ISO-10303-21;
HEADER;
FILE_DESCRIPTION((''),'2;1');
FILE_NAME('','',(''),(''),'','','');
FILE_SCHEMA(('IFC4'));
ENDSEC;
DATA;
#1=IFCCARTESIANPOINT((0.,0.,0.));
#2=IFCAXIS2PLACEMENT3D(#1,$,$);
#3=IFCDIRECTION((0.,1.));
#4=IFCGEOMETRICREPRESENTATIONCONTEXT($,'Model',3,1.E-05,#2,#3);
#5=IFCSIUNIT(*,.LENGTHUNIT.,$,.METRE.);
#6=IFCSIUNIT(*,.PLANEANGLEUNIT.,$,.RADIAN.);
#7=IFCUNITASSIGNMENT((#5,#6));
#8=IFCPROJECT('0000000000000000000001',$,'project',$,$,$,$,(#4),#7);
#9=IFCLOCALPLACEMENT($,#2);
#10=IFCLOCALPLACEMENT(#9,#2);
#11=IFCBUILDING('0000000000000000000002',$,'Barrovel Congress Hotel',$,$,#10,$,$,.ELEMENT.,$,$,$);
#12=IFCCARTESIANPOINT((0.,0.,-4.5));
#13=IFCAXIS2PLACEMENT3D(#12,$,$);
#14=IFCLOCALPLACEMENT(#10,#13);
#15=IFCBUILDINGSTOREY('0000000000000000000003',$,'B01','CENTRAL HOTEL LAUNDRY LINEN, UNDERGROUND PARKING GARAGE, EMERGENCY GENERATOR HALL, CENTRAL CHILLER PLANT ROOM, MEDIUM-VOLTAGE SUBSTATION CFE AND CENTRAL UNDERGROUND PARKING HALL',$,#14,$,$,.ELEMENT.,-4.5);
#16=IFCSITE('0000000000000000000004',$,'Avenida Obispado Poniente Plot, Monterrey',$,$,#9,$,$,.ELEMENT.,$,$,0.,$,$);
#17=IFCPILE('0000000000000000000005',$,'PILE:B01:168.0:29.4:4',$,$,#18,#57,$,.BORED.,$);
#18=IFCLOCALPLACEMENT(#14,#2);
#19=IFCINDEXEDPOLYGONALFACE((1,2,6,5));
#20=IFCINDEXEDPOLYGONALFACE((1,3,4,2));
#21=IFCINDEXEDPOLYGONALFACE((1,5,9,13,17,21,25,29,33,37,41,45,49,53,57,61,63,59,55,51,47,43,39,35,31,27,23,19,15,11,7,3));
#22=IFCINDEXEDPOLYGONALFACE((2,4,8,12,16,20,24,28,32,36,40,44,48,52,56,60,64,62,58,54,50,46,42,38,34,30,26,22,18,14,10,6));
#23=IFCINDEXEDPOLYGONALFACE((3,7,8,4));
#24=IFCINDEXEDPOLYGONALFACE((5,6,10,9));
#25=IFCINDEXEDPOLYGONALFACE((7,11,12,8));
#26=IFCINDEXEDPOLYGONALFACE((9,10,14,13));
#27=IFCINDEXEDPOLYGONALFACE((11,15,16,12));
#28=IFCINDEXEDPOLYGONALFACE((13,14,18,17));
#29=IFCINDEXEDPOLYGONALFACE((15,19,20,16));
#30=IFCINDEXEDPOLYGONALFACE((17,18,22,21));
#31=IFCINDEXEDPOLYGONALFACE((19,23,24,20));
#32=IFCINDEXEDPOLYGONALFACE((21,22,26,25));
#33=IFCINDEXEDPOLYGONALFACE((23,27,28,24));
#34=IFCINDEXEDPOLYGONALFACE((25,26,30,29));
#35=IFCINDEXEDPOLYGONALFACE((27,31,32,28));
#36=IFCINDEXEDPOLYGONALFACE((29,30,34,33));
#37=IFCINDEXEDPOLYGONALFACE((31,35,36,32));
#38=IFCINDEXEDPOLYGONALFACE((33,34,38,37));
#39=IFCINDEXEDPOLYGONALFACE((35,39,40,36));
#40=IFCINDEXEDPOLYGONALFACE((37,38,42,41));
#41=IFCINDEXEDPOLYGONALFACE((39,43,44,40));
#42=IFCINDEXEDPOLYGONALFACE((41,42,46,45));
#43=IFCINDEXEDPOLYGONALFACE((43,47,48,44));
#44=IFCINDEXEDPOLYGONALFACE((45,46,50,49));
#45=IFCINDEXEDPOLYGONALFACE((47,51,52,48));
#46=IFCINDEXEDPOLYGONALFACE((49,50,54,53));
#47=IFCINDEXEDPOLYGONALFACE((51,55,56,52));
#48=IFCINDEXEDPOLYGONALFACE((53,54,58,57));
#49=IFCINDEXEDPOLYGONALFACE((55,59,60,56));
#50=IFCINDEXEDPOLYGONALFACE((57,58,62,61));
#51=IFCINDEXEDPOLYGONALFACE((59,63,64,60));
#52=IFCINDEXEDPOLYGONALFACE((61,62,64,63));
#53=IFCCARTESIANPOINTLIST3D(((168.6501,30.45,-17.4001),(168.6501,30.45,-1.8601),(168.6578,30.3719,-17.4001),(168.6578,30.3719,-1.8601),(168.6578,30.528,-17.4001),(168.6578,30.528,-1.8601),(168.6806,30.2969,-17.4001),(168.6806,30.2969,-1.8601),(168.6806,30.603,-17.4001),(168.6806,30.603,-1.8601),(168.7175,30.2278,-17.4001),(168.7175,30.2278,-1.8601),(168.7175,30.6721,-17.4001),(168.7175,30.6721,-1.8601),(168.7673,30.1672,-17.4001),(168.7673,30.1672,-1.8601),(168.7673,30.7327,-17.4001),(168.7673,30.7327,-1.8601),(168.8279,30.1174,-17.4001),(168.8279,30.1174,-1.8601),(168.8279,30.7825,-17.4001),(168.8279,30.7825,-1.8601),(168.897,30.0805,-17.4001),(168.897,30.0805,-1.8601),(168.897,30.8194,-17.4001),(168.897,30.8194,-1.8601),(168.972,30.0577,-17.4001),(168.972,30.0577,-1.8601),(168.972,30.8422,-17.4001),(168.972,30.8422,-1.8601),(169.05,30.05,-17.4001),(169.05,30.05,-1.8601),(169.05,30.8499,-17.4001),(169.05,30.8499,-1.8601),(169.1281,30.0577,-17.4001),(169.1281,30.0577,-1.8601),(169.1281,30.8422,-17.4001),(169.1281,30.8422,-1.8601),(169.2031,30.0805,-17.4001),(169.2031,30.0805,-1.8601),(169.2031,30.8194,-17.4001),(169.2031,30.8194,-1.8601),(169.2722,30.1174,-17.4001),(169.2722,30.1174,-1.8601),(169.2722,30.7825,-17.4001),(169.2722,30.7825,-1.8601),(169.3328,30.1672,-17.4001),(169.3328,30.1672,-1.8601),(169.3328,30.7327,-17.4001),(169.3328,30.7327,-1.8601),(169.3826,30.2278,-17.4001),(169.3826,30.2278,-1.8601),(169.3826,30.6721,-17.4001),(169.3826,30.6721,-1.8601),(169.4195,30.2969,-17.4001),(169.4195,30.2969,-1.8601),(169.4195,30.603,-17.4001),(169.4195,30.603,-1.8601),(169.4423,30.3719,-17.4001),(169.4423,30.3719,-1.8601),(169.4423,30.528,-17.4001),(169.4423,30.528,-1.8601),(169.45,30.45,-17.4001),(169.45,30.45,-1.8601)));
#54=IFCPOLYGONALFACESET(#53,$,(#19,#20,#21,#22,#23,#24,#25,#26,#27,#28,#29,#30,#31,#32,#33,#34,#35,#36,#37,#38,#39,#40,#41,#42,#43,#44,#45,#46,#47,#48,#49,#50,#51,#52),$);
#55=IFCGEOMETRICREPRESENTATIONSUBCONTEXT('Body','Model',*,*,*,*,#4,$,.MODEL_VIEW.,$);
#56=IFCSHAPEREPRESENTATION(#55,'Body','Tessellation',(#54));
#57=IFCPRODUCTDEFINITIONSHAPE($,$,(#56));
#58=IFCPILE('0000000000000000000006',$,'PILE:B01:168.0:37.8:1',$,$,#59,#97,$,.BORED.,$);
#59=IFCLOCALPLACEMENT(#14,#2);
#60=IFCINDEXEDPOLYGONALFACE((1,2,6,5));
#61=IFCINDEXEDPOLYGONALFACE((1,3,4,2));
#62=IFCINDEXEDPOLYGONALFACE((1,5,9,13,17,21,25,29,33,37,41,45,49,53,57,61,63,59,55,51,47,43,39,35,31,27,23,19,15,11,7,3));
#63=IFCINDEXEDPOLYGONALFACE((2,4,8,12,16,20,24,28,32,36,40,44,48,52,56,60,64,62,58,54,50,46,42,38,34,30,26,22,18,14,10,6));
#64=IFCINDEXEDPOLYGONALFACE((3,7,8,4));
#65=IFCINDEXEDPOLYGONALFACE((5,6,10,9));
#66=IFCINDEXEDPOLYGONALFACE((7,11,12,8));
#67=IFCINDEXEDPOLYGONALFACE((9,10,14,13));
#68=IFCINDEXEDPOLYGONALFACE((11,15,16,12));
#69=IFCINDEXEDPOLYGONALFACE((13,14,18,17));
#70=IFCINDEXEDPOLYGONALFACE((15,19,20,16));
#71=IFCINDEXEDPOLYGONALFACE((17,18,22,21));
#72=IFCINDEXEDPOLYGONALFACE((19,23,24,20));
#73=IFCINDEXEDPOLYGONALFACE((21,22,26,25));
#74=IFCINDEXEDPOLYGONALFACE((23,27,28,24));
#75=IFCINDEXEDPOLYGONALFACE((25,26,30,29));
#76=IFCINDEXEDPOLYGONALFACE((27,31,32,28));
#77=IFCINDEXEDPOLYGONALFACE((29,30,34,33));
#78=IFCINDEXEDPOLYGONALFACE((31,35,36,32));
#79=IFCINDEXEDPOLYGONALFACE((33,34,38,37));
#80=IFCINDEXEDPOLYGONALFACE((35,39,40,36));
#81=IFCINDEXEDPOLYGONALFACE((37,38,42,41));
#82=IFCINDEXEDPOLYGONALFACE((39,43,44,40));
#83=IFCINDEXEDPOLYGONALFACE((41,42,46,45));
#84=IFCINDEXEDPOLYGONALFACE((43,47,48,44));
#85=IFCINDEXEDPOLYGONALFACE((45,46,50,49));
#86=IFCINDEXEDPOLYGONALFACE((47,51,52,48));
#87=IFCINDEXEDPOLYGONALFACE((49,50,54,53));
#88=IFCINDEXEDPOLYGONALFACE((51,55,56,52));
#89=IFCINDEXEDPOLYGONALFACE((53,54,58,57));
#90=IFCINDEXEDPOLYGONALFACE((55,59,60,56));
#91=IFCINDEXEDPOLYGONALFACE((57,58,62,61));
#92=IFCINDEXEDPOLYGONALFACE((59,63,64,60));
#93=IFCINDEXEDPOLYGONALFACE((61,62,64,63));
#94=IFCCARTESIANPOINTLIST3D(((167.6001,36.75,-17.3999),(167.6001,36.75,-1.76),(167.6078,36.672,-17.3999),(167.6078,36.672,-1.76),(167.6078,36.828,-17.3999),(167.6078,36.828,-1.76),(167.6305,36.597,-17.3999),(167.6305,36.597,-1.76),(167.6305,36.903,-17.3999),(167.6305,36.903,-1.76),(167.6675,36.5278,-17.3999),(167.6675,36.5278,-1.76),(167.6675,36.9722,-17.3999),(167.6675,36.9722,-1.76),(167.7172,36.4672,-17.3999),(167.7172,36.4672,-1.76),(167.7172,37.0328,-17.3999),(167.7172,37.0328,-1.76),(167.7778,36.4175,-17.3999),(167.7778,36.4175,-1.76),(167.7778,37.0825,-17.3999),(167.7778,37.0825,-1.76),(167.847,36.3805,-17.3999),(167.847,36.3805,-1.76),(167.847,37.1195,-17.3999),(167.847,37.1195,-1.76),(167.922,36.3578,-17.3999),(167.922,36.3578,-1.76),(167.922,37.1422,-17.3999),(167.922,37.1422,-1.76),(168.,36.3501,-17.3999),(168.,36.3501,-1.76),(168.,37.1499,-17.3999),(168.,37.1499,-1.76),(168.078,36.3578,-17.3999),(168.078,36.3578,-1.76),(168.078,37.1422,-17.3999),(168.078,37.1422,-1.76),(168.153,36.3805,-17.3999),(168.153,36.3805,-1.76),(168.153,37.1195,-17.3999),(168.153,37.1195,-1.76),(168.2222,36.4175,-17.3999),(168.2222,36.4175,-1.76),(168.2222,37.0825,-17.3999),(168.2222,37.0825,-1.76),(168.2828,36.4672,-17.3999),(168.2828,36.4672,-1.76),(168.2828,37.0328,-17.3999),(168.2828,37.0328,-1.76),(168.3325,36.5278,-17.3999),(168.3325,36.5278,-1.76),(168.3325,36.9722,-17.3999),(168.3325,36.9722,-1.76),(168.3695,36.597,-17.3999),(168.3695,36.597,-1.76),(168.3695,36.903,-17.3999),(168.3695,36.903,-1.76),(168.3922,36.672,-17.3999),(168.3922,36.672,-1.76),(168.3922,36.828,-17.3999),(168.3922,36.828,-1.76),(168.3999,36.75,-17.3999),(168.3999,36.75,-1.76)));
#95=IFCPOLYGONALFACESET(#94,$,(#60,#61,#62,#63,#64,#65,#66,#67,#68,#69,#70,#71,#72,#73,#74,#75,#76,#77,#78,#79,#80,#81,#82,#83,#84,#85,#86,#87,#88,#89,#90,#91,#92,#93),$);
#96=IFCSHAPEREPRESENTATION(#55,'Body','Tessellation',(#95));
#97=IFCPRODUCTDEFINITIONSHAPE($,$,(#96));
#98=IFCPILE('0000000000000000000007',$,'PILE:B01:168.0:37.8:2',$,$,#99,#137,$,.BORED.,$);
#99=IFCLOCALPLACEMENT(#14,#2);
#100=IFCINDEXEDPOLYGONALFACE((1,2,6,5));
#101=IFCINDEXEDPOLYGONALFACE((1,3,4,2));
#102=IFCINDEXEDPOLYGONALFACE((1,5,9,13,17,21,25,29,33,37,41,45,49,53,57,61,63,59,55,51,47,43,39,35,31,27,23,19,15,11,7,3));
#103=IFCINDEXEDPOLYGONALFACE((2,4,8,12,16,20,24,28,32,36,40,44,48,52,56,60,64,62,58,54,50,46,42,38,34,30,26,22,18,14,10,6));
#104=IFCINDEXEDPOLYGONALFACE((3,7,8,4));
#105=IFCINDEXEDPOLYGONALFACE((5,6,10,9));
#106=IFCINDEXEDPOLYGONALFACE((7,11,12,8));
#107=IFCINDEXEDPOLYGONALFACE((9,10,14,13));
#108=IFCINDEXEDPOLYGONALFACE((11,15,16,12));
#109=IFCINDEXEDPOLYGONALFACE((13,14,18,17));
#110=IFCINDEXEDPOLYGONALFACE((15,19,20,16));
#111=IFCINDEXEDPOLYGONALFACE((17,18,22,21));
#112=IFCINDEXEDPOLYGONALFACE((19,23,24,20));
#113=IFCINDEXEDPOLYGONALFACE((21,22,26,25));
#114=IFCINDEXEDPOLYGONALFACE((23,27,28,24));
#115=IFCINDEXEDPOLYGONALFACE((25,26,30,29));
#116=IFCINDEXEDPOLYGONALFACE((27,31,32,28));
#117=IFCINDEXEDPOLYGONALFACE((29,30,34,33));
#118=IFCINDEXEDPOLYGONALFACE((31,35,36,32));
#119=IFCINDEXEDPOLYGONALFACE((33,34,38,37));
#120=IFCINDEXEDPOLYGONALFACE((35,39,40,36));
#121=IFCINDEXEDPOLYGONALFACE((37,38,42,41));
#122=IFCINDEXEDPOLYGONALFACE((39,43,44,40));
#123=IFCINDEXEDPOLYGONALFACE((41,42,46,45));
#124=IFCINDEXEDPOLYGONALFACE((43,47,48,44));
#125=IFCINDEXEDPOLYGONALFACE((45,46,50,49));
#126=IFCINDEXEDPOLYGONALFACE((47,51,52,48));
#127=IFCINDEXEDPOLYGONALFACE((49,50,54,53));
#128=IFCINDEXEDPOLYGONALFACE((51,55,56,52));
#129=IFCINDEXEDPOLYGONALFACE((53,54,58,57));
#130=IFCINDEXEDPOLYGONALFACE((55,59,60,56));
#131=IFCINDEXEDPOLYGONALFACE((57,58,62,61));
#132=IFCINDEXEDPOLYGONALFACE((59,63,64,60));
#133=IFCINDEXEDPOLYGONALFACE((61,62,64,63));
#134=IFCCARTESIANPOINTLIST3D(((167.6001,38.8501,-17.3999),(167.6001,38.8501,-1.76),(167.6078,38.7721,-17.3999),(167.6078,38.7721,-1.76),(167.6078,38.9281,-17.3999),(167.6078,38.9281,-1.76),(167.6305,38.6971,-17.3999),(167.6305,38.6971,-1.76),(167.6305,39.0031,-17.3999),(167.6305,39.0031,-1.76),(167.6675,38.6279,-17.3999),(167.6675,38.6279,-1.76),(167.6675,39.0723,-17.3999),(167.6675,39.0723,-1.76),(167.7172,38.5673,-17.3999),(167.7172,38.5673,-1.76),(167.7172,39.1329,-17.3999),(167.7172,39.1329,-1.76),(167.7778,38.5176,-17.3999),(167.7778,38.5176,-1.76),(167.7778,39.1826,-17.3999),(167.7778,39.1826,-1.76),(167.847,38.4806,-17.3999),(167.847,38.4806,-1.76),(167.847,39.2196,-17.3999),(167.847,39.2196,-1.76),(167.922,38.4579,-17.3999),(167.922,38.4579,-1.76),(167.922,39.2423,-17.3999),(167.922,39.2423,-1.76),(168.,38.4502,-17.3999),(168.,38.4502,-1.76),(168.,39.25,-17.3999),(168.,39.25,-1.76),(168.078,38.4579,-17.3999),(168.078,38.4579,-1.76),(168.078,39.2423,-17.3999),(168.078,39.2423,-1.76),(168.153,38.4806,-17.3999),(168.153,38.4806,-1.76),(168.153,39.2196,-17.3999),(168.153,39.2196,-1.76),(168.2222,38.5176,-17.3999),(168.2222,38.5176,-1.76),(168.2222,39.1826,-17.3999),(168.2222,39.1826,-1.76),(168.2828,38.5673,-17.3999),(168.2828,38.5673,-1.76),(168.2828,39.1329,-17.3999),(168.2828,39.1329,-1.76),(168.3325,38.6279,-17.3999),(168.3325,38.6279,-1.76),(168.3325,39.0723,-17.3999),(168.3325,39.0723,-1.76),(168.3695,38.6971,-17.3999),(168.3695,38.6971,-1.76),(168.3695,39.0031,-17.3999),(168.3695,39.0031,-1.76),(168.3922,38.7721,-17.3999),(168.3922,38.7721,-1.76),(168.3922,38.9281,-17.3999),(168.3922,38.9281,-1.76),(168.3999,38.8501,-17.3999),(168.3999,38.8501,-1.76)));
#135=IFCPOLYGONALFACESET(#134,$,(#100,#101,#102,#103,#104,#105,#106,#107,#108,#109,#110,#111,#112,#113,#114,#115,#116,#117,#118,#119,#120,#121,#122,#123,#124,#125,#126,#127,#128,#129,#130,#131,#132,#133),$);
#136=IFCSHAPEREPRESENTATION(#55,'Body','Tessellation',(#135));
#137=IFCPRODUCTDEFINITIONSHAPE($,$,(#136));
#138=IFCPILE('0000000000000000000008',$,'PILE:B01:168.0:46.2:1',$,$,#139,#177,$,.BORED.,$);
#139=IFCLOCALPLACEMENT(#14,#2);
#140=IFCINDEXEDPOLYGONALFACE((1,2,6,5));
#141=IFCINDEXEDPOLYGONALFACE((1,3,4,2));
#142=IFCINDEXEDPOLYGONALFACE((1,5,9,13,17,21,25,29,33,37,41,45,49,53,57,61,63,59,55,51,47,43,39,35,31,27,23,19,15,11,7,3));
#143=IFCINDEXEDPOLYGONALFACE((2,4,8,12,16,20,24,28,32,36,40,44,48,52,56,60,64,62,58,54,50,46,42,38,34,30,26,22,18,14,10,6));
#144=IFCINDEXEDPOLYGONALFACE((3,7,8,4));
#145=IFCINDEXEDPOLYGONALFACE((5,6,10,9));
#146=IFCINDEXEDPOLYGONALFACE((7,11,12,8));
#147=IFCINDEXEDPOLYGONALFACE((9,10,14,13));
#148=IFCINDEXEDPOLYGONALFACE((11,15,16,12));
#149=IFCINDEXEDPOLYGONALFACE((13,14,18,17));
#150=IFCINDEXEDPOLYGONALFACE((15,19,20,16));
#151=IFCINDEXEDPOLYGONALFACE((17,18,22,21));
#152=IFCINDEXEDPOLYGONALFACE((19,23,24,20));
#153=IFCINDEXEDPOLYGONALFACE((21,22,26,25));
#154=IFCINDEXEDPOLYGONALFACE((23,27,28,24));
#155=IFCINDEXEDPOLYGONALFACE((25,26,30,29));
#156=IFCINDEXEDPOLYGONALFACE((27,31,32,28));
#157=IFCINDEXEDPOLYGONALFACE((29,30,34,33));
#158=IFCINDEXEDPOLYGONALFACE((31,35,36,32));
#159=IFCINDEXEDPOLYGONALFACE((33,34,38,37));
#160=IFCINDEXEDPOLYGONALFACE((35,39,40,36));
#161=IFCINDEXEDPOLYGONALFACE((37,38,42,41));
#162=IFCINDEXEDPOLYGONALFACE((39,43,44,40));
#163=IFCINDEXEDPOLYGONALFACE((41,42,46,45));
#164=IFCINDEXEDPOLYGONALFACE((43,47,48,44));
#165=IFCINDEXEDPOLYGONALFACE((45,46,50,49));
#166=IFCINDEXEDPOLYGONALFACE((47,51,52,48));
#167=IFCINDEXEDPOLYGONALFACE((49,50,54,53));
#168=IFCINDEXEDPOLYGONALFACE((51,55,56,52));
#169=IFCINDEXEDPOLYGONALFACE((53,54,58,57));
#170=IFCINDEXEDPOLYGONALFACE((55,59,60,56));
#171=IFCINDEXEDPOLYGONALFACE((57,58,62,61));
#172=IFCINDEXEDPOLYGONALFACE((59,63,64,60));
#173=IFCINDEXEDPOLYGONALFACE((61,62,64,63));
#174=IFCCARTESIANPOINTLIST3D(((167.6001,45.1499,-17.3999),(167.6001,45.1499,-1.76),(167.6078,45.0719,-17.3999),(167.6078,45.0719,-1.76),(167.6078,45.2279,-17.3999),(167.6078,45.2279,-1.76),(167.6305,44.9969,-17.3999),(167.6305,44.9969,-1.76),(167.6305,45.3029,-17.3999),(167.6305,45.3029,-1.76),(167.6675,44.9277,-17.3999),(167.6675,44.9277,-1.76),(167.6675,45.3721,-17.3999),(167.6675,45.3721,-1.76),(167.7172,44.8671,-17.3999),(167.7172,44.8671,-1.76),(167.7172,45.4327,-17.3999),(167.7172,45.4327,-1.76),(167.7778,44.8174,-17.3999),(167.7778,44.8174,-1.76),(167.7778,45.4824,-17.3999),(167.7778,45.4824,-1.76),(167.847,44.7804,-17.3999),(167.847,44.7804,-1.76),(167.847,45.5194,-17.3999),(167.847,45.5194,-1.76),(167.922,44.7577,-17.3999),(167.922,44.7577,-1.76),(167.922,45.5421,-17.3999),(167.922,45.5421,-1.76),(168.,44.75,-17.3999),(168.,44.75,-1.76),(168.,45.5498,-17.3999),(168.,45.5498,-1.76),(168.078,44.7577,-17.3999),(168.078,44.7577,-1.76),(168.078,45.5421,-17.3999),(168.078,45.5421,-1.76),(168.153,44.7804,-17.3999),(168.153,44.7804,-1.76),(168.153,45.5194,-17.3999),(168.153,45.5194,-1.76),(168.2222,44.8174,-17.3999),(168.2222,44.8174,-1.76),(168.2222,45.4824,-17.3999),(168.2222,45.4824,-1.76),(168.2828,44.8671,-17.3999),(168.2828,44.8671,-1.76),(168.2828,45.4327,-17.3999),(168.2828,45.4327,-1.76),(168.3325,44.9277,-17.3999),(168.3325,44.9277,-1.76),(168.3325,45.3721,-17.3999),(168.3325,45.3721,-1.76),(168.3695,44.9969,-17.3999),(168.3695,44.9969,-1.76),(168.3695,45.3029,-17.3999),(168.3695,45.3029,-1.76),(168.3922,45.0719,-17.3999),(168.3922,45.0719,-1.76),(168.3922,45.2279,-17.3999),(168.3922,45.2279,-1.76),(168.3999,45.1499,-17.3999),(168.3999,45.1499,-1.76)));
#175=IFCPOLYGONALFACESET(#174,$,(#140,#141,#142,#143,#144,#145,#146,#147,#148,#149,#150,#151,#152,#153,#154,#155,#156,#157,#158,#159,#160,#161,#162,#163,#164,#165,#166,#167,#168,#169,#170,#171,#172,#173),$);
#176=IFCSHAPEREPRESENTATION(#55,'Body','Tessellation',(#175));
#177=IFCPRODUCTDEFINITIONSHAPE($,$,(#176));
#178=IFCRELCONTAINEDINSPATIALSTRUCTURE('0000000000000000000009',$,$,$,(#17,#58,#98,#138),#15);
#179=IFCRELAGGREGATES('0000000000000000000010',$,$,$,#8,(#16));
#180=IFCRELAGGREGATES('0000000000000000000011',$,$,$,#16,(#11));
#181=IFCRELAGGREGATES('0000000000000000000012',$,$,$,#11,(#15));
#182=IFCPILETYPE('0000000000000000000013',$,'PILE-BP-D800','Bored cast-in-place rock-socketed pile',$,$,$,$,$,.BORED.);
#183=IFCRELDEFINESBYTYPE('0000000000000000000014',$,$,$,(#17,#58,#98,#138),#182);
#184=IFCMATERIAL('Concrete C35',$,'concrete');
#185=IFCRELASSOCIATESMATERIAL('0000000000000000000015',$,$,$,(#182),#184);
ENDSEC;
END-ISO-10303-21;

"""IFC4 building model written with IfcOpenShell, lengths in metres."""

from ifc_helpers import new_model, si_unit, direction, frame, origin, origin_2d, place, context, subcontext, project, spatial, circle, extrude, material, material_profile, profile_set, type_object, element, save


model = new_model("IFC4")

# Units and contexts
model_context = context("Model", 3, precision=1e-05, world=origin(), true_north=direction((0.0, 1.0)))
body_context = subcontext(model_context, "Body", "Model", "MODEL_VIEW")
ifc_project = project(units=[si_unit("LENGTHUNIT", "METRE"), si_unit("PLANEANGLEUNIT", "RADIAN")], contexts=[model_context])

# Site, building, storey
site_placement = place(None, origin())
site = spatial("IfcSite", under=ifc_project, at=site_placement, Name="Avenida Obispado Poniente Plot, Monterrey", CompositionType="ELEMENT", RefElevation=0.0)
building_placement = place(site_placement, origin())
building = spatial("IfcBuilding", under=site, at=building_placement, Name="Barrovel Congress Hotel", CompositionType="ELEMENT")
storey_placement = place(building_placement, frame((0.0, 0.0, -4.5)))
storey = spatial("IfcBuildingStorey", under=building, at=storey_placement, Name="B01", Description="CENTRAL HOTEL LAUNDRY LINEN, UNDERGROUND PARKING GARAGE, EMERGENCY GENERATOR HALL, CENTRAL CHILLER PLANT ROOM, MEDIUM-VOLTAGE SUBSTATION CFE AND CENTRAL UNDERGROUND PARKING HALL", CompositionType="ELEMENT", Elevation=-4.5)

# Piles
ifc_material_1 = material(Name="Concrete C35", Category="concrete")
ifc_material_profile_1 = material_profile(ifc_material_1, circle(Radius=0.3999, at=origin_2d()), Name="BP-D800")
ifc_profile_set_1 = profile_set([ifc_material_profile_1], Name="Concrete C35")
pile_type_1 = type_object("IfcPileType", Name="PILE-BP-D800", Description="Bored cast-in-place rock-socketed pile", PredefinedType="BORED", material=ifc_profile_set_1)
for number, where, z_axis, x_axis, name in (
    (1, (169.05, 30.45, -1.8601), (0.0, 0.0, -1.0), (1.0, 0.0, 0.0), "PILE:B01:168.0:29.4:4"),
):
    element("IfcPile", number, at=place(storey_placement, frame(where, z_axis=z_axis, x_axis=x_axis)), inside=storey, type_object=pile_type_1, Name=name, PredefinedType="BORED", context=body_context, shape_type="SweptSolid", body=[
        extrude(circle(Radius=0.3999, at=origin_2d()), origin(), (0.0, 0.0, 1.0), 15.54),
    ])
for number, where, z_axis, x_axis, name in (
    (2, (168.0, 36.75, -1.76), (0.0, 0.0, -1.0), (1.0, 0.0, 0.0), "PILE:B01:168.0:37.8:1"),
    (3, (168.0, 38.8501, -1.76), (0.0, 0.0, -1.0), (1.0, 0.0, 0.0), "PILE:B01:168.0:37.8:2"),
    (4, (168.0, 45.1499, -1.76), (0.0, 0.0, -1.0), (1.0, 0.0, 0.0), "PILE:B01:168.0:46.2:1"),
):
    element("IfcPile", number, at=place(storey_placement, frame(where, z_axis=z_axis, x_axis=x_axis)), inside=storey, type_object=pile_type_1, Name=name, PredefinedType="BORED", context=body_context, shape_type="SweptSolid", body=[
        extrude(circle(Radius=0.3999, at=origin_2d()), origin(), (0.0, 0.0, 1.0), 15.6399),
    ])

save(model, "model.ifc")
